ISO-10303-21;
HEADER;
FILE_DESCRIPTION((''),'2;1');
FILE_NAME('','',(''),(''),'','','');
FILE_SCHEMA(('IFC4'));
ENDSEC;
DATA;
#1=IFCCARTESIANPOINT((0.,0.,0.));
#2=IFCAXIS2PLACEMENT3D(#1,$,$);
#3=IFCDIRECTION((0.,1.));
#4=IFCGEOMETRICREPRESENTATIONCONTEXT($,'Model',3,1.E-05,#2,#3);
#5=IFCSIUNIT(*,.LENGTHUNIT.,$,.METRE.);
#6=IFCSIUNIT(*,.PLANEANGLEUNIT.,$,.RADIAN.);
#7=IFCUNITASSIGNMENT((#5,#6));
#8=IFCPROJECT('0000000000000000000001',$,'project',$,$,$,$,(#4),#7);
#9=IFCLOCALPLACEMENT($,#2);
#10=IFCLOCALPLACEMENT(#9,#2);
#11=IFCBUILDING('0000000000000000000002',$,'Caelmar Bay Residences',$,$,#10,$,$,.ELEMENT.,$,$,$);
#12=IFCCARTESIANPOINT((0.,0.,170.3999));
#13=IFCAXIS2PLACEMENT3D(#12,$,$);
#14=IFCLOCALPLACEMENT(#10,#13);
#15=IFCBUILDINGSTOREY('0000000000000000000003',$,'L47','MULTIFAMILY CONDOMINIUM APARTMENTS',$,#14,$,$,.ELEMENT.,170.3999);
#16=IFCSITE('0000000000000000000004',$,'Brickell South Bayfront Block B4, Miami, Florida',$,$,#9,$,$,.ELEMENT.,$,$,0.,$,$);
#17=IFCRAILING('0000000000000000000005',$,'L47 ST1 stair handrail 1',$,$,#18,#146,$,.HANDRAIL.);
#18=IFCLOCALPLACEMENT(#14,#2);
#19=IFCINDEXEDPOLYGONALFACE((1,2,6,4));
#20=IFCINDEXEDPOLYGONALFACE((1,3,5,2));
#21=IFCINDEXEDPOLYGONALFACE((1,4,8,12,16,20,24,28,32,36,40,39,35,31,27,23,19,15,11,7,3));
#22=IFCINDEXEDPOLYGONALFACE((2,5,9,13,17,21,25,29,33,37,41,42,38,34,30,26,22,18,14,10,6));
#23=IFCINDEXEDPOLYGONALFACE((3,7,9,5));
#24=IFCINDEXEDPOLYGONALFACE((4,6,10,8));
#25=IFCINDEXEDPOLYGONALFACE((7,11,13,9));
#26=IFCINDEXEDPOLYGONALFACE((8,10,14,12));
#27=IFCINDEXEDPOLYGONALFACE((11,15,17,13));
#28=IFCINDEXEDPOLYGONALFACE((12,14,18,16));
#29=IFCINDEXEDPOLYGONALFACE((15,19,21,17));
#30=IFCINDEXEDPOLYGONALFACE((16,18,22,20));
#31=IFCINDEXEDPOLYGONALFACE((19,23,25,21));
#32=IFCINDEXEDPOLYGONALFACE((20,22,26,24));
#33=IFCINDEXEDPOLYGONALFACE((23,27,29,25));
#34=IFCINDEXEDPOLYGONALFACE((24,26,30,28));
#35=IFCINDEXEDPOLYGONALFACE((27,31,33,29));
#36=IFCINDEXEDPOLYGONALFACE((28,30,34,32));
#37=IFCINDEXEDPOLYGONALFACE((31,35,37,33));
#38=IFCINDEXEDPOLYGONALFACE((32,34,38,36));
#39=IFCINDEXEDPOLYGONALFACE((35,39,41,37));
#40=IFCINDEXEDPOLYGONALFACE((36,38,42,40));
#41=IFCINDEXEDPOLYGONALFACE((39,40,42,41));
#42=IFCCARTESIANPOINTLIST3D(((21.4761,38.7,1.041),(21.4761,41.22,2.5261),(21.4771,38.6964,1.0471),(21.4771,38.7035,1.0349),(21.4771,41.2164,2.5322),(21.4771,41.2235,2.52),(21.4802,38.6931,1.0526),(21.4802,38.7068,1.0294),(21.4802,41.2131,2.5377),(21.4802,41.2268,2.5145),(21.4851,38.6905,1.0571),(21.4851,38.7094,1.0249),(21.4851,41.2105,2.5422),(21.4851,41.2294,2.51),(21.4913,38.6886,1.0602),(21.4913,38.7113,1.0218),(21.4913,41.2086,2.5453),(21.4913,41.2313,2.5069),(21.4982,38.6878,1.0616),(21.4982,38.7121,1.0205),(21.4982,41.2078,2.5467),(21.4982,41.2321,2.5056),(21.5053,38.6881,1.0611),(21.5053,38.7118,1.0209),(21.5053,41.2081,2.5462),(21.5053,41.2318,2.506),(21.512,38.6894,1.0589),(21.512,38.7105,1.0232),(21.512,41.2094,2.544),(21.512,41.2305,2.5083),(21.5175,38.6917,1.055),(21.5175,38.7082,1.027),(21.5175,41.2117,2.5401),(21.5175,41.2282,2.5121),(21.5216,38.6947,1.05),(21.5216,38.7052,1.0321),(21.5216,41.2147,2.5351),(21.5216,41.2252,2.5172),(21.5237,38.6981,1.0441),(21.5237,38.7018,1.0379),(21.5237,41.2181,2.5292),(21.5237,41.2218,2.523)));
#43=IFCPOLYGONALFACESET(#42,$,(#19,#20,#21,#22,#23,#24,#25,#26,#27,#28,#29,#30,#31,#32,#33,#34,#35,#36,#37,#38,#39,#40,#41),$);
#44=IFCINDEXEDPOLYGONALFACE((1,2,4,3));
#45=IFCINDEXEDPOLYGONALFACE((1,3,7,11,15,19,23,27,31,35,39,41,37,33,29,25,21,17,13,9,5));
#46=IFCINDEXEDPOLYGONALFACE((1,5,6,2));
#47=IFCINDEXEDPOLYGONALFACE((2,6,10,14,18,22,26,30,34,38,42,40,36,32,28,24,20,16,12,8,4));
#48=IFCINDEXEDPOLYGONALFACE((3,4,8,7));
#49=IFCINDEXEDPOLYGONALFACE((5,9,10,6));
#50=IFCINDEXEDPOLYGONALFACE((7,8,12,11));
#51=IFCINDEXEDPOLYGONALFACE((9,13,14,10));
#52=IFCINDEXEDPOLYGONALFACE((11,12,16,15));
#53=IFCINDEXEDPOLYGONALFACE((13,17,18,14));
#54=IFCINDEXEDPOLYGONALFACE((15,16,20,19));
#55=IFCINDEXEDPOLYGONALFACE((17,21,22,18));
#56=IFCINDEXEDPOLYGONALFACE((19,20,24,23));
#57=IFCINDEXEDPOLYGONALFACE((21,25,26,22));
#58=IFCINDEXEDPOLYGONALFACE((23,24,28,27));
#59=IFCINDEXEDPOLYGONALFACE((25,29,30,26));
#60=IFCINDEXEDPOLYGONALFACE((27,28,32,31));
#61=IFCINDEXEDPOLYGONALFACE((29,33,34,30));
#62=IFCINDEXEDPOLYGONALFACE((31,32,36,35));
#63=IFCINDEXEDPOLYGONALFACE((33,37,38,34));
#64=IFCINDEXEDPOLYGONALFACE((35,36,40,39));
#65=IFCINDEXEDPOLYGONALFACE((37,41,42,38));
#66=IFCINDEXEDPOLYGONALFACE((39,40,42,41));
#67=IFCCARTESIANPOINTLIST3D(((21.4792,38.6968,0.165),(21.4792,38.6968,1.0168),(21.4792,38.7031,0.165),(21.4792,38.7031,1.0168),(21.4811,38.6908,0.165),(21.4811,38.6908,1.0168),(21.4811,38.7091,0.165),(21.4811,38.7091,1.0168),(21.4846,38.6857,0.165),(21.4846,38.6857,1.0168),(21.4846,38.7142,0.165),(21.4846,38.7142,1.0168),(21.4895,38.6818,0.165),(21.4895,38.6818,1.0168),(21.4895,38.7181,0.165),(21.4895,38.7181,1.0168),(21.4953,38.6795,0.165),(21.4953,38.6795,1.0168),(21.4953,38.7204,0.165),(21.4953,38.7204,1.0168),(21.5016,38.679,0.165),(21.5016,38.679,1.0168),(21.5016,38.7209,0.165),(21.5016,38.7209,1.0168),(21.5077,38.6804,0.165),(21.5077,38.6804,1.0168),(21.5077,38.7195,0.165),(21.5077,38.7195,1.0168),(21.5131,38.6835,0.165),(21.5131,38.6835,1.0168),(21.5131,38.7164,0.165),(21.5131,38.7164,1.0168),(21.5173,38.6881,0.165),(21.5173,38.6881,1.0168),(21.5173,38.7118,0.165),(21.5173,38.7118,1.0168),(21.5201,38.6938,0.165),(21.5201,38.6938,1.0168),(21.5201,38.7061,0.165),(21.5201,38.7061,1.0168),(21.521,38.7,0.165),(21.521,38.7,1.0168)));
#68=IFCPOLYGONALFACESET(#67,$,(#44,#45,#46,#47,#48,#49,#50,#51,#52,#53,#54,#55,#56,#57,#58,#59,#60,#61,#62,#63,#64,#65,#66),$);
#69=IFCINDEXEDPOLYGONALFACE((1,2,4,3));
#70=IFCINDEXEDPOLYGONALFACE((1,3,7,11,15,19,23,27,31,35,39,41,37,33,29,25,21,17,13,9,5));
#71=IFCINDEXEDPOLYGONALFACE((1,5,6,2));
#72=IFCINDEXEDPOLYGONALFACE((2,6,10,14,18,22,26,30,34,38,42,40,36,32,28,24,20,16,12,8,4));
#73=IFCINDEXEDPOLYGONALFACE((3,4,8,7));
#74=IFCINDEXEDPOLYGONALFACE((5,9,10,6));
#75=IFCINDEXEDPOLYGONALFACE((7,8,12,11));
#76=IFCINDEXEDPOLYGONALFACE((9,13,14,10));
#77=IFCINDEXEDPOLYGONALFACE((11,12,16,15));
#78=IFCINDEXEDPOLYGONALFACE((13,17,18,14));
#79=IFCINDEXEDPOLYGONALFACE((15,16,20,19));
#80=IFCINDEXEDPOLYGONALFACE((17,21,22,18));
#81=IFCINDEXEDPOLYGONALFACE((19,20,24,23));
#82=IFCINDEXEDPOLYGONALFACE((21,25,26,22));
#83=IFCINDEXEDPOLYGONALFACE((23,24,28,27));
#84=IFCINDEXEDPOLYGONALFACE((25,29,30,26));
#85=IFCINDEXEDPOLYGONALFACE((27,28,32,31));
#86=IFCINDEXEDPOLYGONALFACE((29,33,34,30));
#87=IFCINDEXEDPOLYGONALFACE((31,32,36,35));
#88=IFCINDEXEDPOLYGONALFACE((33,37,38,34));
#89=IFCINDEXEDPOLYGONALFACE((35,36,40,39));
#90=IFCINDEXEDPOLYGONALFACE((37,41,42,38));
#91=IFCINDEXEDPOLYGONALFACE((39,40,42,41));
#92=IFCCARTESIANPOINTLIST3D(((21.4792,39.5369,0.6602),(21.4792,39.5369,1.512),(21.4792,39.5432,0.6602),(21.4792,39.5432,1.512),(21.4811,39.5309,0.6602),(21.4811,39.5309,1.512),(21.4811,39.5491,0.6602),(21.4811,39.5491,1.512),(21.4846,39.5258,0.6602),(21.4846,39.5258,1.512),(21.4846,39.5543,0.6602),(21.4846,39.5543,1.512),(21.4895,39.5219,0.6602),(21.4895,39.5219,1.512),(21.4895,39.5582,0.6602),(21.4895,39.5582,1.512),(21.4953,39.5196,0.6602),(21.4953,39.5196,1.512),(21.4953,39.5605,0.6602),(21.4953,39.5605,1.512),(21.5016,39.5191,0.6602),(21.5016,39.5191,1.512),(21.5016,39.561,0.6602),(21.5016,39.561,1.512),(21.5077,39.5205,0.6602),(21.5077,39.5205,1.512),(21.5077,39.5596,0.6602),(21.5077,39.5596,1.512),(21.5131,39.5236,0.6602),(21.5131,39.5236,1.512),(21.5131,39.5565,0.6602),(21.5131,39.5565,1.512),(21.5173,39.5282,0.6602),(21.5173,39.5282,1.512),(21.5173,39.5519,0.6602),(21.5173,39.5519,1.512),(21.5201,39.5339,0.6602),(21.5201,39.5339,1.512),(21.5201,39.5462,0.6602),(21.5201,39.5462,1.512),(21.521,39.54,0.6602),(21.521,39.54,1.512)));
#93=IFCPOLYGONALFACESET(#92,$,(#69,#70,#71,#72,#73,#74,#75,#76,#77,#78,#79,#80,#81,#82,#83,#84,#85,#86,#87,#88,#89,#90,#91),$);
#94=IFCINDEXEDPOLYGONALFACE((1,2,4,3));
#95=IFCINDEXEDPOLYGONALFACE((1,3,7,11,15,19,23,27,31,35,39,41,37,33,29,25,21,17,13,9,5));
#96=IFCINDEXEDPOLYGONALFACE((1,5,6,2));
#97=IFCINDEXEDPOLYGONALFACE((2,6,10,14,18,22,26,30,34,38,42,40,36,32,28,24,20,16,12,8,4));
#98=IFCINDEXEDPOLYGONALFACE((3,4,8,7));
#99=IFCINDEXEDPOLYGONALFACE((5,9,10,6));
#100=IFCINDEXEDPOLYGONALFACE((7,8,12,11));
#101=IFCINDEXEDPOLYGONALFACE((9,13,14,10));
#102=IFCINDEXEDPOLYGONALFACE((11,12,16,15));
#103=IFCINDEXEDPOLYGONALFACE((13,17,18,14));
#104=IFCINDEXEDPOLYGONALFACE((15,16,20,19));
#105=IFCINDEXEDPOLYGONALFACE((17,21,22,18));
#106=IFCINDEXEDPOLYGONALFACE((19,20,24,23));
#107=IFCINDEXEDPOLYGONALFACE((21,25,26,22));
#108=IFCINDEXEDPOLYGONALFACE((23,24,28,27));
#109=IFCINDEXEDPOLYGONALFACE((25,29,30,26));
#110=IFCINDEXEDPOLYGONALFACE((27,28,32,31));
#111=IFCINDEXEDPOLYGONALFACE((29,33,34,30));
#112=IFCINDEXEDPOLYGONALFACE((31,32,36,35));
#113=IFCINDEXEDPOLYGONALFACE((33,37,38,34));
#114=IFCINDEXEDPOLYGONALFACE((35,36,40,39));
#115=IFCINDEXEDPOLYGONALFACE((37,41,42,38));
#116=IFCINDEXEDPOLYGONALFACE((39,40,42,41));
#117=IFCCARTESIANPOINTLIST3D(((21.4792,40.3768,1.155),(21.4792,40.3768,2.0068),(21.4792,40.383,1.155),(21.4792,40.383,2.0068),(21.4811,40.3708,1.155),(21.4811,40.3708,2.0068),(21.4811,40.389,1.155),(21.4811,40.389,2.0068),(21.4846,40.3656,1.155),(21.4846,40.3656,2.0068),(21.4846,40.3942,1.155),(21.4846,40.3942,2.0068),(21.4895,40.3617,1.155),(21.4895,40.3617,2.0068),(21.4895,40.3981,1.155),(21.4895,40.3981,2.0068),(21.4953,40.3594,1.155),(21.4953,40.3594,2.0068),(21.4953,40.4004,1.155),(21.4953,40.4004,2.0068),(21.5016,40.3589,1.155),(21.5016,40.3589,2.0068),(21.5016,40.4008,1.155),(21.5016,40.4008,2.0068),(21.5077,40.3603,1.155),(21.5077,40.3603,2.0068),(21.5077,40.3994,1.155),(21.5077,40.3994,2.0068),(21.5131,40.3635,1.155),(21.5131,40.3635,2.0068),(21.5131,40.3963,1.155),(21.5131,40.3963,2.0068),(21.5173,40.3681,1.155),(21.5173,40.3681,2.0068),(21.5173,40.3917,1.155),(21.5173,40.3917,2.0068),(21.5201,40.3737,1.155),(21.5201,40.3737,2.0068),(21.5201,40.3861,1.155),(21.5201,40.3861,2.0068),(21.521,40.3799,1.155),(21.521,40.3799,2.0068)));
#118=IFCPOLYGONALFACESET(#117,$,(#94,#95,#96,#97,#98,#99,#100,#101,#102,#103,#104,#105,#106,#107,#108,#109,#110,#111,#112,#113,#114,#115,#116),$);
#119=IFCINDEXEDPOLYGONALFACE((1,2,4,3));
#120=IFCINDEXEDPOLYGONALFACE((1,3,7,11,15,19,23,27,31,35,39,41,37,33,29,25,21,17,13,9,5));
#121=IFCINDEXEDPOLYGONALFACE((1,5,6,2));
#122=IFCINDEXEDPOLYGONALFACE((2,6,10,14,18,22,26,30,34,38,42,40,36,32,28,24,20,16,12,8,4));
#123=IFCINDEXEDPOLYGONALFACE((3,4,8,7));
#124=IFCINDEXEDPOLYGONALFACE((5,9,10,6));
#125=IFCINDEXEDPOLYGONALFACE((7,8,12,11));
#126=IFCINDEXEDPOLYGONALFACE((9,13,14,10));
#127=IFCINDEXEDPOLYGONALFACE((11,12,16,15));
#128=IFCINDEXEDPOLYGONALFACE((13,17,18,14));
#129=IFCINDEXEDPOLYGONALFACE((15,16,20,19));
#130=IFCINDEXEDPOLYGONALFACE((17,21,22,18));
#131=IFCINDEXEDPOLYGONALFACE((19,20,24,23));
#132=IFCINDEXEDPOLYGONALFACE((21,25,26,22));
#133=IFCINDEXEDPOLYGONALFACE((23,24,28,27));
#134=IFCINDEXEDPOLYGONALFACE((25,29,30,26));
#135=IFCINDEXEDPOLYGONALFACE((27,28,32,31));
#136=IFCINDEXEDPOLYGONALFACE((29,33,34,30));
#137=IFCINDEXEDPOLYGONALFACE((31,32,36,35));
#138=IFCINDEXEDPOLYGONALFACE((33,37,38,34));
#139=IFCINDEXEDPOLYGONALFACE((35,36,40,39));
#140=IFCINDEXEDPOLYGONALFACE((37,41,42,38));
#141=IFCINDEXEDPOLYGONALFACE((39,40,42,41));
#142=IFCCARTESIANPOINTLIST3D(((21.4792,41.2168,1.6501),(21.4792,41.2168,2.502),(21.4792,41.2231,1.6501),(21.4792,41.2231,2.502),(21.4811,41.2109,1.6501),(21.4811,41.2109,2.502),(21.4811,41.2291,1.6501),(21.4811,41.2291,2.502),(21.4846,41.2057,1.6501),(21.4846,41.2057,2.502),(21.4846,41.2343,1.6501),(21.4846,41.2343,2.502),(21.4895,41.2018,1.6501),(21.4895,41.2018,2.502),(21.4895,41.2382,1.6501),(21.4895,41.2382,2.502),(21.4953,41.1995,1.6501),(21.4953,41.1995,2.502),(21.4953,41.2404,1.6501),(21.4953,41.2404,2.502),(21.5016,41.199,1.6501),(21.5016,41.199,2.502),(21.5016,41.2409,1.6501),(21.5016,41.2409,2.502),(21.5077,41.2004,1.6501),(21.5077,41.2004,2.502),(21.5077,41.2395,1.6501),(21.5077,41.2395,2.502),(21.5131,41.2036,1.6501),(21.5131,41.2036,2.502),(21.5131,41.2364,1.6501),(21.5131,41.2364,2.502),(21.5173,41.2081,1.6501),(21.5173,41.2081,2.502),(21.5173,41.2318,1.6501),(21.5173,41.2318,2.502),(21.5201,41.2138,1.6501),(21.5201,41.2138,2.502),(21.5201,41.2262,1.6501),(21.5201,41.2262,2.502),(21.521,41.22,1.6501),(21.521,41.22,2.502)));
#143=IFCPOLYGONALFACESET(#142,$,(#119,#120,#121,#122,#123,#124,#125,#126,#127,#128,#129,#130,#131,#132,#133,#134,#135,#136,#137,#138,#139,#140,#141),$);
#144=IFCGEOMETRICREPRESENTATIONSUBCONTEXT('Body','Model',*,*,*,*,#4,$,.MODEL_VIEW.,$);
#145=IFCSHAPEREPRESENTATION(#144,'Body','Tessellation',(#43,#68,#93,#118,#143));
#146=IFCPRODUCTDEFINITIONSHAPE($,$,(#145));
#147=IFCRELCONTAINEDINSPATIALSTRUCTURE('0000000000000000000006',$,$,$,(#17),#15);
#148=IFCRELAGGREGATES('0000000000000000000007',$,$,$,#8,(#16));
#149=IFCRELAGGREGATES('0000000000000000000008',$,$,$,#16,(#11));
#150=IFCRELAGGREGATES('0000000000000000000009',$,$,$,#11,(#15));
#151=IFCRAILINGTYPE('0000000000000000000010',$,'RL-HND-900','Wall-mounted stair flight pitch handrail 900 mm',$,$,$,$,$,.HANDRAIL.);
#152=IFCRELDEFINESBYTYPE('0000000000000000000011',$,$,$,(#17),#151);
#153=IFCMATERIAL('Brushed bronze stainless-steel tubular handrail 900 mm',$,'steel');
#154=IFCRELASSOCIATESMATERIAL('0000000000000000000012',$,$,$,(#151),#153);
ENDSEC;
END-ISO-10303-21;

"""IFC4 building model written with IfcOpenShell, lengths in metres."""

from ifc_helpers import new_model, si_unit, direction, frame, origin, origin_2d, place, context, subcontext, project, spatial, circle, extrude, material, type_object, element, save


model = new_model("IFC4")

# Units and contexts
model_context = context("Model", 3, precision=1e-05, world=origin(), true_north=direction((0.0, 1.0)))
body_context = subcontext(model_context, "Body", "Model", "MODEL_VIEW")
ifc_project = project(units=[si_unit("LENGTHUNIT", "METRE"), si_unit("PLANEANGLEUNIT", "RADIAN")], contexts=[model_context])

# Site, building, storey
site_placement = place(None, origin())
site = spatial("IfcSite", under=ifc_project, at=site_placement, Name="Brickell South Bayfront Block B4, Miami, Florida", CompositionType="ELEMENT", RefElevation=0.0)
building_placement = place(site_placement, origin())
building = spatial("IfcBuilding", under=site, at=building_placement, Name="Caelmar Bay Residences", CompositionType="ELEMENT")
storey_placement = place(building_placement, frame((0.0, 0.0, 170.3999)))
storey = spatial("IfcBuildingStorey", under=building, at=storey_placement, Name="L47", Description="MULTIFAMILY CONDOMINIUM APARTMENTS", CompositionType="ELEMENT", Elevation=170.3999)

# Railing
ifc_material_1 = material(Name="Brushed bronze stainless-steel tubular handrail 900 mm", Category="steel")
railing_type_1 = type_object("IfcRailingType", Name="RL-HND-900", Description="Wall-mounted stair flight pitch handrail 900 mm", PredefinedType="HANDRAIL", material=ifc_material_1)
railing_1_placement = place(storey_placement, frame((21.5, 38.7, 0.165)))
element("IfcRailing", 1, at=railing_1_placement, inside=storey, type_object=railing_type_1, Name="L47 ST1 stair handrail 1", PredefinedType="HANDRAIL", context=body_context, shape_type="SweptSolid", body=[
    extrude(circle(Radius=0.0239, at=origin_2d()), frame((0.0, 0.0, 0.876), z_axis=(0.0, 0.861524, 0.507717), x_axis=(-1.0, 0.0, 0.0)), (0.0, 0.0, 1.0), 2.925),
    extrude(circle(Radius=0.021, at=origin_2d()), origin(), (0.0, 0.0, 1.0), 0.8518),
    extrude(circle(Radius=0.021, at=origin_2d()), frame((0.0, 0.8401, 0.4951)), (0.0, 0.0, 1.0), 0.8518),
    extrude(circle(Radius=0.021, at=origin_2d()), frame((0.0, 1.6799, 0.99)), (0.0, 0.0, 1.0), 0.8518),
    extrude(circle(Radius=0.021, at=origin_2d()), frame((0.0, 2.52, 1.4851)), (0.0, 0.0, 1.0), 0.8518),
])

save(model, "model.ifc")
